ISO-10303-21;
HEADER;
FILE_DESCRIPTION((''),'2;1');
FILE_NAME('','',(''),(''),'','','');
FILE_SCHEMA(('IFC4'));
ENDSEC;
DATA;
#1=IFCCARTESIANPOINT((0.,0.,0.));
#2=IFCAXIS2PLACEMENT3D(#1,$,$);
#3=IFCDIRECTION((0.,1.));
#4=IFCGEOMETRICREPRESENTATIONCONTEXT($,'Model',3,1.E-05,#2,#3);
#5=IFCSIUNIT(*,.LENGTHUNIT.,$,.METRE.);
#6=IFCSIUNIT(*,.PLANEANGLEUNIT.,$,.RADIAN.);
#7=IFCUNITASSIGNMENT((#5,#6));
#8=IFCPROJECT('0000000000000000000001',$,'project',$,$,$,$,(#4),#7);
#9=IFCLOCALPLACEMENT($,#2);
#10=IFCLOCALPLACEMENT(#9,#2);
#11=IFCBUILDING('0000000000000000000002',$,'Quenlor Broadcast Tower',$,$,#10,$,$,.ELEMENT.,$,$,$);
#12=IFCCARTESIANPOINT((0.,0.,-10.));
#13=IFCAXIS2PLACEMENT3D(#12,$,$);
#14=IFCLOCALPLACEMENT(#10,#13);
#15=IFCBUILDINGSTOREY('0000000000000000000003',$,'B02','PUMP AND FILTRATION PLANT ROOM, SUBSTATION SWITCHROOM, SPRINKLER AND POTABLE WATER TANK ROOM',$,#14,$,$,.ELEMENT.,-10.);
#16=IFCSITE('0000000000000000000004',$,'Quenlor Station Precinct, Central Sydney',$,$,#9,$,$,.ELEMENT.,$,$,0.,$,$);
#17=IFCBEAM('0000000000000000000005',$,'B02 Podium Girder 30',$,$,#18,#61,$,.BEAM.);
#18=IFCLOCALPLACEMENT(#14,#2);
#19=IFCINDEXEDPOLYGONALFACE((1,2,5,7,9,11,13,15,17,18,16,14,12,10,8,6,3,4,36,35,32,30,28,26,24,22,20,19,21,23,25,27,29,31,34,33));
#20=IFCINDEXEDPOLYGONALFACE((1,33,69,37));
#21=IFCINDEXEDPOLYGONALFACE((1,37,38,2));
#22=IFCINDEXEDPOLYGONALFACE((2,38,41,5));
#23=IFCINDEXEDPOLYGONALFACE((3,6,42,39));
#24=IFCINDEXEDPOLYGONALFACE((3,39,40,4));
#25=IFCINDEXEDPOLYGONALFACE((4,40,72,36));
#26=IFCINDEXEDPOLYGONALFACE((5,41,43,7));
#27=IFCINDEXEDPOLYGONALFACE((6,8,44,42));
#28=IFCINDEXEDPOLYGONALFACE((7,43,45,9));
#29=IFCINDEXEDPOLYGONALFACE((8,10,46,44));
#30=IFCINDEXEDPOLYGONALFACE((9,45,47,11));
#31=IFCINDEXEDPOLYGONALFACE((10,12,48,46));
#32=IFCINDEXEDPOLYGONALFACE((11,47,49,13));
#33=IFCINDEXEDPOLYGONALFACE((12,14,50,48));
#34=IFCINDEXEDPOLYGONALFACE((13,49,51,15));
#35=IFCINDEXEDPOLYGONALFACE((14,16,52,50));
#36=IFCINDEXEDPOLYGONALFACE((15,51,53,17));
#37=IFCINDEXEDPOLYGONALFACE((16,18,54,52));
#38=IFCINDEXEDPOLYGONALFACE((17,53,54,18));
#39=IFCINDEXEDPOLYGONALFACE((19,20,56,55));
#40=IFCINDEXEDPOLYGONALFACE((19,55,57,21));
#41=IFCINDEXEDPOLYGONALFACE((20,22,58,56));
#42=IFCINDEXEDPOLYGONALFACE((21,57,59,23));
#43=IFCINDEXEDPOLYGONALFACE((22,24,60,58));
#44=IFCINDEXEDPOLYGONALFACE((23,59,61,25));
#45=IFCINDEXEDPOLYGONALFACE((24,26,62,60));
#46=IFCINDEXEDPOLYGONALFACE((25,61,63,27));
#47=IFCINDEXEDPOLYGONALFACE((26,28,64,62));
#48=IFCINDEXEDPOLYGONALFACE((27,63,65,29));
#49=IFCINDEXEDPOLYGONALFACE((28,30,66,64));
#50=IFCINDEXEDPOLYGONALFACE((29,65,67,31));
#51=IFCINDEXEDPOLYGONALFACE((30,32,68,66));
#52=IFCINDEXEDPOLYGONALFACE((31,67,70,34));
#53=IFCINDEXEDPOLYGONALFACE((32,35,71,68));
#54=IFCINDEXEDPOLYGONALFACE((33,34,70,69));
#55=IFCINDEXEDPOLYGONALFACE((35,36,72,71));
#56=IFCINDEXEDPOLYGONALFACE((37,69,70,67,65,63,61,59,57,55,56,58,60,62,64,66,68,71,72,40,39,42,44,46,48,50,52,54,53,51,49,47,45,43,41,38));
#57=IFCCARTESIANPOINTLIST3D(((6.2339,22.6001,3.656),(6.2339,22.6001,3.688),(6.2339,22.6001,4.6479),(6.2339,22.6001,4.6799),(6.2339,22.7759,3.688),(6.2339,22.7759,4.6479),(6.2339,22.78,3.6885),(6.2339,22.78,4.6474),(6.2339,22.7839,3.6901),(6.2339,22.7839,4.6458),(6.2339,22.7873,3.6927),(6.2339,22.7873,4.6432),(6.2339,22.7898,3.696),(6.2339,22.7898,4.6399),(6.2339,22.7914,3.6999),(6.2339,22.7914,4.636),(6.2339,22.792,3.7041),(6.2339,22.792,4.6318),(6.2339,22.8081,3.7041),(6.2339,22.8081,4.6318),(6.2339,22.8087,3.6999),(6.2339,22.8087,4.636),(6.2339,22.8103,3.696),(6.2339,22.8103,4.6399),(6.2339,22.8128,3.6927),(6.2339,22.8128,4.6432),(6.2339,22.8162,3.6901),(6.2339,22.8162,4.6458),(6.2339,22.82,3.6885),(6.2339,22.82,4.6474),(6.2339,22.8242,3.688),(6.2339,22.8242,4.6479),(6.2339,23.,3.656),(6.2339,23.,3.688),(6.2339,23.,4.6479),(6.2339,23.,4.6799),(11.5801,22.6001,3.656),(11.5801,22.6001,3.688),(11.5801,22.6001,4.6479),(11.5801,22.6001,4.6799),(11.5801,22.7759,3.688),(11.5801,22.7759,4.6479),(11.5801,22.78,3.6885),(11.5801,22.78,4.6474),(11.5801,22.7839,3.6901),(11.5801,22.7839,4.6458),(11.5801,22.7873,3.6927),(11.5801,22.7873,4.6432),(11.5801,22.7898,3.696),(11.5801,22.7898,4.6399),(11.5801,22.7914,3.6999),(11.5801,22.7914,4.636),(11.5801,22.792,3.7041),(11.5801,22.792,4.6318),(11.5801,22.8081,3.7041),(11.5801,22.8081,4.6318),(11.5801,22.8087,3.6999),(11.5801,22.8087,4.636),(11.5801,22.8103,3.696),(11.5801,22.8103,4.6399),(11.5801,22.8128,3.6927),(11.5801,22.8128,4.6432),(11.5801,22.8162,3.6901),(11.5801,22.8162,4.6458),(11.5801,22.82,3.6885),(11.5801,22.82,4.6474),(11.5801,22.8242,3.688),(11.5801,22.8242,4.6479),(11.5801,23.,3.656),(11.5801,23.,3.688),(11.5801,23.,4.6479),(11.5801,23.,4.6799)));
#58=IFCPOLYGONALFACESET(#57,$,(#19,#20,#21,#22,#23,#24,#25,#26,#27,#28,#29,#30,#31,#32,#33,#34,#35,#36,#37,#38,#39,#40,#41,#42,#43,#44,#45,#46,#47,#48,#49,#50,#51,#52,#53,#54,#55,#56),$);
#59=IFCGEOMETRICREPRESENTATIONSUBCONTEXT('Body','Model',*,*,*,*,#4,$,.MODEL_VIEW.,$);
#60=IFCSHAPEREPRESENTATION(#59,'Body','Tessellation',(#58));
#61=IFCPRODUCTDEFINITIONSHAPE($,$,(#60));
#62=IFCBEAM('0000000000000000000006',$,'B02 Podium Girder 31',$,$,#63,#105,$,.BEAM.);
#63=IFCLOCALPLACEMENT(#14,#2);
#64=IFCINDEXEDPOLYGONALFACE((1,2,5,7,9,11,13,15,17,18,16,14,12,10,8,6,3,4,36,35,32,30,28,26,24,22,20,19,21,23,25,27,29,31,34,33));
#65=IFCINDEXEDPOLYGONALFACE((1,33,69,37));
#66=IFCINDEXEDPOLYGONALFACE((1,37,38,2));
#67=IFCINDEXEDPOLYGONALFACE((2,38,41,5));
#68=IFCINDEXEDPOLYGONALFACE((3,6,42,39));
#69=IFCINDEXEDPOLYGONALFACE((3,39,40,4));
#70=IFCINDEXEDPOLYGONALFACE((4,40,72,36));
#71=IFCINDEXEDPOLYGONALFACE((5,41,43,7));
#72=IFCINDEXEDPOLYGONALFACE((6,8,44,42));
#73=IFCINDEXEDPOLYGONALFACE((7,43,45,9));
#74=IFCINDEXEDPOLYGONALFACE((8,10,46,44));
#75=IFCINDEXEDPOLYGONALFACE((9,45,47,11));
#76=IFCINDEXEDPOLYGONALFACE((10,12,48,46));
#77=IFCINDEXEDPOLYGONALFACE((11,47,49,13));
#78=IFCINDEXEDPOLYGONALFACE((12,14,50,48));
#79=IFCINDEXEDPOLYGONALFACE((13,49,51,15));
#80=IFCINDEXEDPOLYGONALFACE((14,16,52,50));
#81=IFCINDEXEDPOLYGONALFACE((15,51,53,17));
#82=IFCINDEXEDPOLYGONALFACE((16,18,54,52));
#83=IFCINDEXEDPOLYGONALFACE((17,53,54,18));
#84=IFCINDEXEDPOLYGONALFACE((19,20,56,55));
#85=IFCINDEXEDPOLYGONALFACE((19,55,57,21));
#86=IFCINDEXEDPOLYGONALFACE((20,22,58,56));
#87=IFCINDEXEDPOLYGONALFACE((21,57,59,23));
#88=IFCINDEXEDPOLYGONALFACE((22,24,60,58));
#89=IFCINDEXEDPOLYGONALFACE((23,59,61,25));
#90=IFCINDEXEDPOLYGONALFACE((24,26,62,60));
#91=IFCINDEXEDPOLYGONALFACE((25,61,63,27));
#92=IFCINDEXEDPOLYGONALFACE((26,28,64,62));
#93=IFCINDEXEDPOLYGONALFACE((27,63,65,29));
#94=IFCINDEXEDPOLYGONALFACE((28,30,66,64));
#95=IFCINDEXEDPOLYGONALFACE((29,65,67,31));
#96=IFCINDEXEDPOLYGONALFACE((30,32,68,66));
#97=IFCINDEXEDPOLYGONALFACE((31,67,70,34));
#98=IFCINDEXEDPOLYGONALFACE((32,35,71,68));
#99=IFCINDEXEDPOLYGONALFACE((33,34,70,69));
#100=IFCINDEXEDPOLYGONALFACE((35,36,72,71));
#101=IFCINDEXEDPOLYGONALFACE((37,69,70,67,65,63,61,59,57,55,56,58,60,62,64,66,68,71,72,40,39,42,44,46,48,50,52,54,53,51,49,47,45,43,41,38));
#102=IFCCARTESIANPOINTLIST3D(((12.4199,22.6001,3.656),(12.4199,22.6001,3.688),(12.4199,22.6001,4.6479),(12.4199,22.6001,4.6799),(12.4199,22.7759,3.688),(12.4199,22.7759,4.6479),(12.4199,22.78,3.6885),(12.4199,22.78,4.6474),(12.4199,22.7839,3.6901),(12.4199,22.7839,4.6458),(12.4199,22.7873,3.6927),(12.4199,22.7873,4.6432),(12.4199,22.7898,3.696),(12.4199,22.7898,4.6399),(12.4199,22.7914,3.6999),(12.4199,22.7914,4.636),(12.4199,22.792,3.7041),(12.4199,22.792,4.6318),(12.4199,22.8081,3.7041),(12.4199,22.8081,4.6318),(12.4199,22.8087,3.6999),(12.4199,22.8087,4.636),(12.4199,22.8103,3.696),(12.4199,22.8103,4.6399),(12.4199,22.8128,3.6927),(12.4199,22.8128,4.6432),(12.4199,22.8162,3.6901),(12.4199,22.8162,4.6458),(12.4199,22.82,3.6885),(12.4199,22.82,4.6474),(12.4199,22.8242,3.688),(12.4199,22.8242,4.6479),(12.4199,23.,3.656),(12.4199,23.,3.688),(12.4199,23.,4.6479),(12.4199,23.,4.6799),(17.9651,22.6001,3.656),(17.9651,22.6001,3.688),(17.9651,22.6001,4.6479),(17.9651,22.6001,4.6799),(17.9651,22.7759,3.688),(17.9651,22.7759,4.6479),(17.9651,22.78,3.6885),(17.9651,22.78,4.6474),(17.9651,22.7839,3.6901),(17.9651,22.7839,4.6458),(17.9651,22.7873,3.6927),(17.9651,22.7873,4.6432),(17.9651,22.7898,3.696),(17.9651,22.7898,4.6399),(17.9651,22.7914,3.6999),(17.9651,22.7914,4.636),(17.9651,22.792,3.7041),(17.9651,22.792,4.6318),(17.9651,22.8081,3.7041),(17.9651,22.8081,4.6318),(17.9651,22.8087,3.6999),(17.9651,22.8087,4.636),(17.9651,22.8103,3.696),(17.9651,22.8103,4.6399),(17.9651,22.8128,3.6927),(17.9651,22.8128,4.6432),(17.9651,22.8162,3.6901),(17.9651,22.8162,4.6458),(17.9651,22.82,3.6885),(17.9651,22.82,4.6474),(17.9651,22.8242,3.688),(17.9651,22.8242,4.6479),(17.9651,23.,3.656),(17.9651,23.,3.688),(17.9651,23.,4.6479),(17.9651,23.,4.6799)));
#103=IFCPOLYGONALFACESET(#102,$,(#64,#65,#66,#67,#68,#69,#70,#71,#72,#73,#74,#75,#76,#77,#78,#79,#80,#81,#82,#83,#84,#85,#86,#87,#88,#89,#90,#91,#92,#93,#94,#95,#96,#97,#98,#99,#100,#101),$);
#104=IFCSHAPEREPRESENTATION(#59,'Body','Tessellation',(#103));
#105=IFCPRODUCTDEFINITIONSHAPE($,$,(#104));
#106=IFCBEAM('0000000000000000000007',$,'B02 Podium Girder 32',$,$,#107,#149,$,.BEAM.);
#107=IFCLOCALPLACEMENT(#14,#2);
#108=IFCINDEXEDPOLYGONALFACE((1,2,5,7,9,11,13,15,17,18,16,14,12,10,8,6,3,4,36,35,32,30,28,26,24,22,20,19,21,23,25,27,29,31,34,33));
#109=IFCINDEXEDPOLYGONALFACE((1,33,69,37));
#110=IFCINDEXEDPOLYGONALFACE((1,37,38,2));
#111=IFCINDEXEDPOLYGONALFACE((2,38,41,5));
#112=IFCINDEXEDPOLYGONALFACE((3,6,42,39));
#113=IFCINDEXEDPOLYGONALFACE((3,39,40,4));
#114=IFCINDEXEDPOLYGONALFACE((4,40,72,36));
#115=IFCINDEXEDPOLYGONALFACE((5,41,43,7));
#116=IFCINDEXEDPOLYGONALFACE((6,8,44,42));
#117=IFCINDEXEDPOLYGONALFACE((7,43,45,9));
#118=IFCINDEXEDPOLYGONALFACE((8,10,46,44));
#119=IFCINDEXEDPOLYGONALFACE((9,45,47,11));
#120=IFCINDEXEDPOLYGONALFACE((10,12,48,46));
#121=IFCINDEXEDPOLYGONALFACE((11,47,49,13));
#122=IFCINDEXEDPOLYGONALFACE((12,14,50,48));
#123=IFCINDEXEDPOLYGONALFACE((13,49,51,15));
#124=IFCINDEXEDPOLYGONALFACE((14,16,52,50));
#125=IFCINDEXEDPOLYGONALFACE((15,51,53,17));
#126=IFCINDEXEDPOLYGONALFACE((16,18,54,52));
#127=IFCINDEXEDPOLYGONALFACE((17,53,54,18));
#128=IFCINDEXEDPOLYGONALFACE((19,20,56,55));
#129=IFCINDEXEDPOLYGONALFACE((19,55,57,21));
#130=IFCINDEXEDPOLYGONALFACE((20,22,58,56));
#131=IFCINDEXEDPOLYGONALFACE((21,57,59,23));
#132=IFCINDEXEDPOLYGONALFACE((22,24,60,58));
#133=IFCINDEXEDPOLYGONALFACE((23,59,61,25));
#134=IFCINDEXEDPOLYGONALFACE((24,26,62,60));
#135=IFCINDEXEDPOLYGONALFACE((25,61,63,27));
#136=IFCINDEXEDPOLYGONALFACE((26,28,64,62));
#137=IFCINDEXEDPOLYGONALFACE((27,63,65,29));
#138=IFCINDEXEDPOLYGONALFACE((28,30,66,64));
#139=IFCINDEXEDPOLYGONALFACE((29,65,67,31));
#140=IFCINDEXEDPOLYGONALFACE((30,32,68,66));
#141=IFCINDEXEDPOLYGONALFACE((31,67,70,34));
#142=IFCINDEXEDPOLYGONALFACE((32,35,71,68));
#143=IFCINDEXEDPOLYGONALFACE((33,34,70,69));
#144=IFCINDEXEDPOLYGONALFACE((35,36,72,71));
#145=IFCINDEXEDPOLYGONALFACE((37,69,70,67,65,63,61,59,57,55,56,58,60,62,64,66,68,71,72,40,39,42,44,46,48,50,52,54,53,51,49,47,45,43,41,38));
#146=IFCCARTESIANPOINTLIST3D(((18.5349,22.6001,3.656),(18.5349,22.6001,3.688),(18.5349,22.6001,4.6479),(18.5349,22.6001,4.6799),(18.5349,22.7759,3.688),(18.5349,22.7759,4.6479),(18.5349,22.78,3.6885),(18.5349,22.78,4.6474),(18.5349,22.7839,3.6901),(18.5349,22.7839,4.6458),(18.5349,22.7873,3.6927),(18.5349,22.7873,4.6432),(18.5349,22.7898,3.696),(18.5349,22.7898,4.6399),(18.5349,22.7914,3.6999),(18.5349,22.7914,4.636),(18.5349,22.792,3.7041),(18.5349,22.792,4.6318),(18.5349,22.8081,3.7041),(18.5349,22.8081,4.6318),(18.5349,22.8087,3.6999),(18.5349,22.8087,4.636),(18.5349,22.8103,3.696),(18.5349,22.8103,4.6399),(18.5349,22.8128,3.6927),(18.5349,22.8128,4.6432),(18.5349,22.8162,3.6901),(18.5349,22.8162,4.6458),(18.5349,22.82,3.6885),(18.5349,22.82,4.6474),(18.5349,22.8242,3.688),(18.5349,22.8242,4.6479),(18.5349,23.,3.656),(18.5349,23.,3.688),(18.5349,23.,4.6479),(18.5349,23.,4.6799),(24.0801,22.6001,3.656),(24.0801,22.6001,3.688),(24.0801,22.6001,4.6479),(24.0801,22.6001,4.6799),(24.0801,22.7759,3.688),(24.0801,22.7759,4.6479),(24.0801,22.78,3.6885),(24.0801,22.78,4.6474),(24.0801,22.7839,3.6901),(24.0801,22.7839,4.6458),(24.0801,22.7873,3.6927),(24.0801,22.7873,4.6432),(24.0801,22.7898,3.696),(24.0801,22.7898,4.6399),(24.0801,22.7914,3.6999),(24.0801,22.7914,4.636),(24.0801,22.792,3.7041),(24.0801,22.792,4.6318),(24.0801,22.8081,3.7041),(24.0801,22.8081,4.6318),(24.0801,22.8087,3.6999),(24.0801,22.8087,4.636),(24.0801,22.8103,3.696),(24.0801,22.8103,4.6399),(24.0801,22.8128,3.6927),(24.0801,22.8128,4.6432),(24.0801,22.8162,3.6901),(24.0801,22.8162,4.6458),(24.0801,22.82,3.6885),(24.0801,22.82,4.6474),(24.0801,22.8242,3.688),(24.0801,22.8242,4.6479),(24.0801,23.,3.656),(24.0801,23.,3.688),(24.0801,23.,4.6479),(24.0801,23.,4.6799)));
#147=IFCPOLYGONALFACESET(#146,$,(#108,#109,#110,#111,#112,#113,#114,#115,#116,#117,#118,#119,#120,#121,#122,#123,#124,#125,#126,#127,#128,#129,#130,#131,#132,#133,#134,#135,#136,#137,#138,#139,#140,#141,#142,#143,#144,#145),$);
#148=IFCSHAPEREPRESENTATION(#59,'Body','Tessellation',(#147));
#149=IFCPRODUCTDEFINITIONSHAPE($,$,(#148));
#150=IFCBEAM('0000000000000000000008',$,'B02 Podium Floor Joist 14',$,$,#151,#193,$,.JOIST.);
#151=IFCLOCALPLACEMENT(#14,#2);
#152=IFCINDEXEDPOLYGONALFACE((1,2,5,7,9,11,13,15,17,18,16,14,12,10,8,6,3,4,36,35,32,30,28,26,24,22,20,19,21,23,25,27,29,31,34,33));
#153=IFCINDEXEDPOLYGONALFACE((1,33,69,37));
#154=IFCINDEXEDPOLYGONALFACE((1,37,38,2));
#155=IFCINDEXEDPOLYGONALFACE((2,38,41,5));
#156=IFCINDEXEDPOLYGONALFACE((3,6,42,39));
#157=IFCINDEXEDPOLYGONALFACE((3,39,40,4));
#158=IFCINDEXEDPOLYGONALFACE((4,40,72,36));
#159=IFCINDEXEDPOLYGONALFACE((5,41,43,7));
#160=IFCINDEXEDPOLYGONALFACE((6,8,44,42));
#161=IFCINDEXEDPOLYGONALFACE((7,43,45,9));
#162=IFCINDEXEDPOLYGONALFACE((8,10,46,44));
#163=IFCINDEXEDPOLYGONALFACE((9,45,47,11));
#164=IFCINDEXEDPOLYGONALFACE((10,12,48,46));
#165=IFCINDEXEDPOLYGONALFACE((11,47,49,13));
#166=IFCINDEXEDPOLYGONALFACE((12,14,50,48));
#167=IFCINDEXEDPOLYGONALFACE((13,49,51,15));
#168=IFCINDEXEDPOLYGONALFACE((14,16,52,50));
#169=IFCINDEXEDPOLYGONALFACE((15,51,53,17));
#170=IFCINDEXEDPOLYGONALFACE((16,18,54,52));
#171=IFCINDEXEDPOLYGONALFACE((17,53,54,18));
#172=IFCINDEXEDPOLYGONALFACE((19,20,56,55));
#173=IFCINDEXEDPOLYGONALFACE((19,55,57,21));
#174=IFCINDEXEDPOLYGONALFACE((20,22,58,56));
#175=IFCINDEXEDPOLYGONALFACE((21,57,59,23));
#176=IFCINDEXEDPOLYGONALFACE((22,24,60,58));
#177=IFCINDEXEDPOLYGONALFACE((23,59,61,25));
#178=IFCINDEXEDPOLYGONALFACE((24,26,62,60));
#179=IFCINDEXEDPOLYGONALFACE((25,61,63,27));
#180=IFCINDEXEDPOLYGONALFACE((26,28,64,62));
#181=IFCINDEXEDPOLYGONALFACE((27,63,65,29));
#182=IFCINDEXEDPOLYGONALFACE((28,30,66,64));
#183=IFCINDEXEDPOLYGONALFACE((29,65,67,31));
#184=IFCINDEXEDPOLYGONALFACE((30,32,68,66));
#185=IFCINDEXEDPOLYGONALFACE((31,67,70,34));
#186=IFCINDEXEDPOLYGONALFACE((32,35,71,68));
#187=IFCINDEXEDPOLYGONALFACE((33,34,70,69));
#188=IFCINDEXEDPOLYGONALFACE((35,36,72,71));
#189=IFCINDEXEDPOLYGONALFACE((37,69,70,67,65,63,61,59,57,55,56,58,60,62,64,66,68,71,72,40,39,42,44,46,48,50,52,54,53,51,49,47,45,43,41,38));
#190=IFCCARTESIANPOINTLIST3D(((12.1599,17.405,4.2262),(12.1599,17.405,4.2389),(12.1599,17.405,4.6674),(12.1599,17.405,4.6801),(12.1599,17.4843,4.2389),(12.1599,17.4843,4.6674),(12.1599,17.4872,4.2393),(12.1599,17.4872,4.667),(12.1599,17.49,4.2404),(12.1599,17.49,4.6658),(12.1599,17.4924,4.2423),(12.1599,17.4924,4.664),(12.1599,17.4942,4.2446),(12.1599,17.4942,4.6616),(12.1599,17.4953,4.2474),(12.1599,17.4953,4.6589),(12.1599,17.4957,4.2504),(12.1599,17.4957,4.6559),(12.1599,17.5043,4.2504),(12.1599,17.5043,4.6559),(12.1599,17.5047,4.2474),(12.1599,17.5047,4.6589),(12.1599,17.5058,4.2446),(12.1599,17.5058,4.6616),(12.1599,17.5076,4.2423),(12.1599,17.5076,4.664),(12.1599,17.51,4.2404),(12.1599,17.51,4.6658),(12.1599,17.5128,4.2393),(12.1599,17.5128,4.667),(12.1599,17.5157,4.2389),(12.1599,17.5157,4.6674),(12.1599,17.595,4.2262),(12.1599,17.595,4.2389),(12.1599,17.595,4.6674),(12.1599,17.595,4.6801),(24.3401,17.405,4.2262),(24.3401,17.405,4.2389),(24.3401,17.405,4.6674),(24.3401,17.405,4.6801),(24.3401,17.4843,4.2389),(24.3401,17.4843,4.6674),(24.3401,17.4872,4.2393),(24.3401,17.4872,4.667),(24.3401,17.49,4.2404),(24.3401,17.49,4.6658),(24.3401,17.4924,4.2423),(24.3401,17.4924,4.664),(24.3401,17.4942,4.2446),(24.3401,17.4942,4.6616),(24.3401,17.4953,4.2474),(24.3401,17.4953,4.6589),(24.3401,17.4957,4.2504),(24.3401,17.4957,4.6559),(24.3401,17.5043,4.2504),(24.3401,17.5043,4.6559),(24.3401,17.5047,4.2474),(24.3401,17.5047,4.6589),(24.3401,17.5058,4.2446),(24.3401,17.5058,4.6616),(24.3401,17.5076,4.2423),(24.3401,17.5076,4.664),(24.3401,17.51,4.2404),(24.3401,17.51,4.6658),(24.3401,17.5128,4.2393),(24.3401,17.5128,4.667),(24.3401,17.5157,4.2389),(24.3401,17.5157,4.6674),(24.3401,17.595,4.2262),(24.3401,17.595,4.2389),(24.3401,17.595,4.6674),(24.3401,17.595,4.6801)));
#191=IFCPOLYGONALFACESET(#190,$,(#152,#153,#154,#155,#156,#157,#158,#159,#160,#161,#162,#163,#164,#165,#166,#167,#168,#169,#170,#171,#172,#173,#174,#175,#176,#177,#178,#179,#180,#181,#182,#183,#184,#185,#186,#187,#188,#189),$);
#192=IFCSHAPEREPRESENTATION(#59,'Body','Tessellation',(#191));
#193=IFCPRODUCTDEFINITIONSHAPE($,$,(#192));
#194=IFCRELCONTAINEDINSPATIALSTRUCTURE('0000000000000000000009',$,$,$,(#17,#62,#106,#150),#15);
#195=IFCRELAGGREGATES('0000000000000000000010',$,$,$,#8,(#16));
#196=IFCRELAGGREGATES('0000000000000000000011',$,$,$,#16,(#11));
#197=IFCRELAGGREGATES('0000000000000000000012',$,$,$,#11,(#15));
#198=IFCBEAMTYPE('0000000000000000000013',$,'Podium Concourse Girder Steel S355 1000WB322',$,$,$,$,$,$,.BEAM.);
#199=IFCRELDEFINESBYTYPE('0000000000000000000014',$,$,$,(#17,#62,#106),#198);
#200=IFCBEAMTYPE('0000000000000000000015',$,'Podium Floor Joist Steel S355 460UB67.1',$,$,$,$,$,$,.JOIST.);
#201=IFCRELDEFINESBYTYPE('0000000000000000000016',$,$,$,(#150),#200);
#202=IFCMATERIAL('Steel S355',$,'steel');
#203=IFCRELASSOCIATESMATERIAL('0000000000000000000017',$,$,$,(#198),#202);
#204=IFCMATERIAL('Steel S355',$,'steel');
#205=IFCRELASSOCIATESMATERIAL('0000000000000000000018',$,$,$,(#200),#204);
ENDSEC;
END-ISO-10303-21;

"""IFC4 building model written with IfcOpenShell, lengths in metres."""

from ifc_helpers import new_model, si_unit, direction, frame, origin, origin_2d, place, context, subcontext, project, spatial, i_section, extrude, material, material_profile, profile_set, type_object, element, save


model = new_model("IFC4")

# Units and contexts
model_context = context("Model", 3, precision=1e-05, world=origin(), true_north=direction((0.0, 1.0)))
body_context = subcontext(model_context, "Body", "Model", "MODEL_VIEW")
ifc_project = project(units=[si_unit("LENGTHUNIT", "METRE"), si_unit("PLANEANGLEUNIT", "RADIAN")], contexts=[model_context])

# Site, building, storey
site_placement = place(None, origin())
site = spatial("IfcSite", under=ifc_project, at=site_placement, Name="Quenlor Station Precinct, Central Sydney", CompositionType="ELEMENT", RefElevation=0.0)
building_placement = place(site_placement, origin())
building = spatial("IfcBuilding", under=site, at=building_placement, Name="Quenlor Broadcast Tower", CompositionType="ELEMENT")
storey_placement = place(building_placement, frame((0.0, 0.0, -10.0)))
storey = spatial("IfcBuildingStorey", under=building, at=storey_placement, Name="B02", Description="PUMP AND FILTRATION PLANT ROOM, SUBSTATION SWITCHROOM, SPRINKLER AND POTABLE WATER TANK ROOM", CompositionType="ELEMENT", Elevation=-10.0)

# Beams
ifc_material_1 = material(Name="Steel S355", Category="steel")
ifc_material_profile_1 = material_profile(ifc_material_1, i_section(OverallWidth=0.3999, OverallDepth=1.0239, WebThickness=0.0161, FlangeThickness=0.032, FilletRadius=0.0161, at=origin_2d()))
ifc_profile_set_1 = profile_set([ifc_material_profile_1], Name="Steel S355 1000WB322")
beam_type_1 = type_object("IfcBeamType", Name="Podium Concourse Girder Steel S355 1000WB322", PredefinedType="BEAM", material=ifc_profile_set_1)
for number, where, z_axis, x_axis, name in (
    (1, (6.2339, 22.8, 4.168), (1.0, 0.0, 0.0), (0.0, 1.0, 0.0), "B02 Podium Girder 30"),
):
    element("IfcBeam", number, at=place(storey_placement, frame(where, z_axis=z_axis, x_axis=x_axis)), inside=storey, type_object=beam_type_1, Name=name, PredefinedType="BEAM", context=body_context, shape_type="SweptSolid", body=[
        extrude(i_section(OverallWidth=0.3999, OverallDepth=1.0239, WebThickness=0.0161, FlangeThickness=0.032, FilletRadius=0.0161, at=origin_2d()), origin(), (0.0, 0.0, 1.0), 5.3462),
    ])
for number, where, z_axis, x_axis, name in (
    (2, (12.4199, 22.8, 4.168), (1.0, 0.0, 0.0), (0.0, 1.0, 0.0), "B02 Podium Girder 31"),
    (3, (18.5349, 22.8, 4.168), (1.0, 0.0, 0.0), (0.0, 1.0, 0.0), "B02 Podium Girder 32"),
):
    element("IfcBeam", number, at=place(storey_placement, frame(where, z_axis=z_axis, x_axis=x_axis)), inside=storey, type_object=beam_type_1, Name=name, PredefinedType="BEAM", context=body_context, shape_type="SweptSolid", body=[
        extrude(i_section(OverallWidth=0.3999, OverallDepth=1.0239, WebThickness=0.0161, FlangeThickness=0.032, FilletRadius=0.0161, at=origin_2d()), origin(), (0.0, 0.0, 1.0), 5.5452),
    ])
ifc_material_2 = material(Name="Steel S355", Category="steel")
ifc_material_profile_2 = material_profile(ifc_material_2, i_section(OverallWidth=0.1899, OverallDepth=0.4539, WebThickness=0.0085, FlangeThickness=0.0127, FilletRadius=0.0115, at=origin_2d()))
ifc_profile_set_2 = profile_set([ifc_material_profile_2], Name="Steel S355 460UB67.1")
beam_type_2 = type_object("IfcBeamType", Name="Podium Floor Joist Steel S355 460UB67.1", PredefinedType="JOIST", material=ifc_profile_set_2)
for number, where, z_axis, x_axis, name in (
    (4, (12.1599, 17.5, 4.4531), (1.0, 0.0, 0.0), (0.0, 1.0, 0.0), "B02 Podium Floor Joist 14"),
):
    element("IfcBeam", number, at=place(storey_placement, frame(where, z_axis=z_axis, x_axis=x_axis)), inside=storey, type_object=beam_type_2, Name=name, PredefinedType="JOIST", context=body_context, shape_type="SweptSolid", body=[
        extrude(i_section(OverallWidth=0.1899, OverallDepth=0.4539, WebThickness=0.0085, FlangeThickness=0.0127, FilletRadius=0.0115, at=origin_2d()), origin(), (0.0, 0.0, 1.0), 12.1802),
    ])

save(model, "model.ifc")
